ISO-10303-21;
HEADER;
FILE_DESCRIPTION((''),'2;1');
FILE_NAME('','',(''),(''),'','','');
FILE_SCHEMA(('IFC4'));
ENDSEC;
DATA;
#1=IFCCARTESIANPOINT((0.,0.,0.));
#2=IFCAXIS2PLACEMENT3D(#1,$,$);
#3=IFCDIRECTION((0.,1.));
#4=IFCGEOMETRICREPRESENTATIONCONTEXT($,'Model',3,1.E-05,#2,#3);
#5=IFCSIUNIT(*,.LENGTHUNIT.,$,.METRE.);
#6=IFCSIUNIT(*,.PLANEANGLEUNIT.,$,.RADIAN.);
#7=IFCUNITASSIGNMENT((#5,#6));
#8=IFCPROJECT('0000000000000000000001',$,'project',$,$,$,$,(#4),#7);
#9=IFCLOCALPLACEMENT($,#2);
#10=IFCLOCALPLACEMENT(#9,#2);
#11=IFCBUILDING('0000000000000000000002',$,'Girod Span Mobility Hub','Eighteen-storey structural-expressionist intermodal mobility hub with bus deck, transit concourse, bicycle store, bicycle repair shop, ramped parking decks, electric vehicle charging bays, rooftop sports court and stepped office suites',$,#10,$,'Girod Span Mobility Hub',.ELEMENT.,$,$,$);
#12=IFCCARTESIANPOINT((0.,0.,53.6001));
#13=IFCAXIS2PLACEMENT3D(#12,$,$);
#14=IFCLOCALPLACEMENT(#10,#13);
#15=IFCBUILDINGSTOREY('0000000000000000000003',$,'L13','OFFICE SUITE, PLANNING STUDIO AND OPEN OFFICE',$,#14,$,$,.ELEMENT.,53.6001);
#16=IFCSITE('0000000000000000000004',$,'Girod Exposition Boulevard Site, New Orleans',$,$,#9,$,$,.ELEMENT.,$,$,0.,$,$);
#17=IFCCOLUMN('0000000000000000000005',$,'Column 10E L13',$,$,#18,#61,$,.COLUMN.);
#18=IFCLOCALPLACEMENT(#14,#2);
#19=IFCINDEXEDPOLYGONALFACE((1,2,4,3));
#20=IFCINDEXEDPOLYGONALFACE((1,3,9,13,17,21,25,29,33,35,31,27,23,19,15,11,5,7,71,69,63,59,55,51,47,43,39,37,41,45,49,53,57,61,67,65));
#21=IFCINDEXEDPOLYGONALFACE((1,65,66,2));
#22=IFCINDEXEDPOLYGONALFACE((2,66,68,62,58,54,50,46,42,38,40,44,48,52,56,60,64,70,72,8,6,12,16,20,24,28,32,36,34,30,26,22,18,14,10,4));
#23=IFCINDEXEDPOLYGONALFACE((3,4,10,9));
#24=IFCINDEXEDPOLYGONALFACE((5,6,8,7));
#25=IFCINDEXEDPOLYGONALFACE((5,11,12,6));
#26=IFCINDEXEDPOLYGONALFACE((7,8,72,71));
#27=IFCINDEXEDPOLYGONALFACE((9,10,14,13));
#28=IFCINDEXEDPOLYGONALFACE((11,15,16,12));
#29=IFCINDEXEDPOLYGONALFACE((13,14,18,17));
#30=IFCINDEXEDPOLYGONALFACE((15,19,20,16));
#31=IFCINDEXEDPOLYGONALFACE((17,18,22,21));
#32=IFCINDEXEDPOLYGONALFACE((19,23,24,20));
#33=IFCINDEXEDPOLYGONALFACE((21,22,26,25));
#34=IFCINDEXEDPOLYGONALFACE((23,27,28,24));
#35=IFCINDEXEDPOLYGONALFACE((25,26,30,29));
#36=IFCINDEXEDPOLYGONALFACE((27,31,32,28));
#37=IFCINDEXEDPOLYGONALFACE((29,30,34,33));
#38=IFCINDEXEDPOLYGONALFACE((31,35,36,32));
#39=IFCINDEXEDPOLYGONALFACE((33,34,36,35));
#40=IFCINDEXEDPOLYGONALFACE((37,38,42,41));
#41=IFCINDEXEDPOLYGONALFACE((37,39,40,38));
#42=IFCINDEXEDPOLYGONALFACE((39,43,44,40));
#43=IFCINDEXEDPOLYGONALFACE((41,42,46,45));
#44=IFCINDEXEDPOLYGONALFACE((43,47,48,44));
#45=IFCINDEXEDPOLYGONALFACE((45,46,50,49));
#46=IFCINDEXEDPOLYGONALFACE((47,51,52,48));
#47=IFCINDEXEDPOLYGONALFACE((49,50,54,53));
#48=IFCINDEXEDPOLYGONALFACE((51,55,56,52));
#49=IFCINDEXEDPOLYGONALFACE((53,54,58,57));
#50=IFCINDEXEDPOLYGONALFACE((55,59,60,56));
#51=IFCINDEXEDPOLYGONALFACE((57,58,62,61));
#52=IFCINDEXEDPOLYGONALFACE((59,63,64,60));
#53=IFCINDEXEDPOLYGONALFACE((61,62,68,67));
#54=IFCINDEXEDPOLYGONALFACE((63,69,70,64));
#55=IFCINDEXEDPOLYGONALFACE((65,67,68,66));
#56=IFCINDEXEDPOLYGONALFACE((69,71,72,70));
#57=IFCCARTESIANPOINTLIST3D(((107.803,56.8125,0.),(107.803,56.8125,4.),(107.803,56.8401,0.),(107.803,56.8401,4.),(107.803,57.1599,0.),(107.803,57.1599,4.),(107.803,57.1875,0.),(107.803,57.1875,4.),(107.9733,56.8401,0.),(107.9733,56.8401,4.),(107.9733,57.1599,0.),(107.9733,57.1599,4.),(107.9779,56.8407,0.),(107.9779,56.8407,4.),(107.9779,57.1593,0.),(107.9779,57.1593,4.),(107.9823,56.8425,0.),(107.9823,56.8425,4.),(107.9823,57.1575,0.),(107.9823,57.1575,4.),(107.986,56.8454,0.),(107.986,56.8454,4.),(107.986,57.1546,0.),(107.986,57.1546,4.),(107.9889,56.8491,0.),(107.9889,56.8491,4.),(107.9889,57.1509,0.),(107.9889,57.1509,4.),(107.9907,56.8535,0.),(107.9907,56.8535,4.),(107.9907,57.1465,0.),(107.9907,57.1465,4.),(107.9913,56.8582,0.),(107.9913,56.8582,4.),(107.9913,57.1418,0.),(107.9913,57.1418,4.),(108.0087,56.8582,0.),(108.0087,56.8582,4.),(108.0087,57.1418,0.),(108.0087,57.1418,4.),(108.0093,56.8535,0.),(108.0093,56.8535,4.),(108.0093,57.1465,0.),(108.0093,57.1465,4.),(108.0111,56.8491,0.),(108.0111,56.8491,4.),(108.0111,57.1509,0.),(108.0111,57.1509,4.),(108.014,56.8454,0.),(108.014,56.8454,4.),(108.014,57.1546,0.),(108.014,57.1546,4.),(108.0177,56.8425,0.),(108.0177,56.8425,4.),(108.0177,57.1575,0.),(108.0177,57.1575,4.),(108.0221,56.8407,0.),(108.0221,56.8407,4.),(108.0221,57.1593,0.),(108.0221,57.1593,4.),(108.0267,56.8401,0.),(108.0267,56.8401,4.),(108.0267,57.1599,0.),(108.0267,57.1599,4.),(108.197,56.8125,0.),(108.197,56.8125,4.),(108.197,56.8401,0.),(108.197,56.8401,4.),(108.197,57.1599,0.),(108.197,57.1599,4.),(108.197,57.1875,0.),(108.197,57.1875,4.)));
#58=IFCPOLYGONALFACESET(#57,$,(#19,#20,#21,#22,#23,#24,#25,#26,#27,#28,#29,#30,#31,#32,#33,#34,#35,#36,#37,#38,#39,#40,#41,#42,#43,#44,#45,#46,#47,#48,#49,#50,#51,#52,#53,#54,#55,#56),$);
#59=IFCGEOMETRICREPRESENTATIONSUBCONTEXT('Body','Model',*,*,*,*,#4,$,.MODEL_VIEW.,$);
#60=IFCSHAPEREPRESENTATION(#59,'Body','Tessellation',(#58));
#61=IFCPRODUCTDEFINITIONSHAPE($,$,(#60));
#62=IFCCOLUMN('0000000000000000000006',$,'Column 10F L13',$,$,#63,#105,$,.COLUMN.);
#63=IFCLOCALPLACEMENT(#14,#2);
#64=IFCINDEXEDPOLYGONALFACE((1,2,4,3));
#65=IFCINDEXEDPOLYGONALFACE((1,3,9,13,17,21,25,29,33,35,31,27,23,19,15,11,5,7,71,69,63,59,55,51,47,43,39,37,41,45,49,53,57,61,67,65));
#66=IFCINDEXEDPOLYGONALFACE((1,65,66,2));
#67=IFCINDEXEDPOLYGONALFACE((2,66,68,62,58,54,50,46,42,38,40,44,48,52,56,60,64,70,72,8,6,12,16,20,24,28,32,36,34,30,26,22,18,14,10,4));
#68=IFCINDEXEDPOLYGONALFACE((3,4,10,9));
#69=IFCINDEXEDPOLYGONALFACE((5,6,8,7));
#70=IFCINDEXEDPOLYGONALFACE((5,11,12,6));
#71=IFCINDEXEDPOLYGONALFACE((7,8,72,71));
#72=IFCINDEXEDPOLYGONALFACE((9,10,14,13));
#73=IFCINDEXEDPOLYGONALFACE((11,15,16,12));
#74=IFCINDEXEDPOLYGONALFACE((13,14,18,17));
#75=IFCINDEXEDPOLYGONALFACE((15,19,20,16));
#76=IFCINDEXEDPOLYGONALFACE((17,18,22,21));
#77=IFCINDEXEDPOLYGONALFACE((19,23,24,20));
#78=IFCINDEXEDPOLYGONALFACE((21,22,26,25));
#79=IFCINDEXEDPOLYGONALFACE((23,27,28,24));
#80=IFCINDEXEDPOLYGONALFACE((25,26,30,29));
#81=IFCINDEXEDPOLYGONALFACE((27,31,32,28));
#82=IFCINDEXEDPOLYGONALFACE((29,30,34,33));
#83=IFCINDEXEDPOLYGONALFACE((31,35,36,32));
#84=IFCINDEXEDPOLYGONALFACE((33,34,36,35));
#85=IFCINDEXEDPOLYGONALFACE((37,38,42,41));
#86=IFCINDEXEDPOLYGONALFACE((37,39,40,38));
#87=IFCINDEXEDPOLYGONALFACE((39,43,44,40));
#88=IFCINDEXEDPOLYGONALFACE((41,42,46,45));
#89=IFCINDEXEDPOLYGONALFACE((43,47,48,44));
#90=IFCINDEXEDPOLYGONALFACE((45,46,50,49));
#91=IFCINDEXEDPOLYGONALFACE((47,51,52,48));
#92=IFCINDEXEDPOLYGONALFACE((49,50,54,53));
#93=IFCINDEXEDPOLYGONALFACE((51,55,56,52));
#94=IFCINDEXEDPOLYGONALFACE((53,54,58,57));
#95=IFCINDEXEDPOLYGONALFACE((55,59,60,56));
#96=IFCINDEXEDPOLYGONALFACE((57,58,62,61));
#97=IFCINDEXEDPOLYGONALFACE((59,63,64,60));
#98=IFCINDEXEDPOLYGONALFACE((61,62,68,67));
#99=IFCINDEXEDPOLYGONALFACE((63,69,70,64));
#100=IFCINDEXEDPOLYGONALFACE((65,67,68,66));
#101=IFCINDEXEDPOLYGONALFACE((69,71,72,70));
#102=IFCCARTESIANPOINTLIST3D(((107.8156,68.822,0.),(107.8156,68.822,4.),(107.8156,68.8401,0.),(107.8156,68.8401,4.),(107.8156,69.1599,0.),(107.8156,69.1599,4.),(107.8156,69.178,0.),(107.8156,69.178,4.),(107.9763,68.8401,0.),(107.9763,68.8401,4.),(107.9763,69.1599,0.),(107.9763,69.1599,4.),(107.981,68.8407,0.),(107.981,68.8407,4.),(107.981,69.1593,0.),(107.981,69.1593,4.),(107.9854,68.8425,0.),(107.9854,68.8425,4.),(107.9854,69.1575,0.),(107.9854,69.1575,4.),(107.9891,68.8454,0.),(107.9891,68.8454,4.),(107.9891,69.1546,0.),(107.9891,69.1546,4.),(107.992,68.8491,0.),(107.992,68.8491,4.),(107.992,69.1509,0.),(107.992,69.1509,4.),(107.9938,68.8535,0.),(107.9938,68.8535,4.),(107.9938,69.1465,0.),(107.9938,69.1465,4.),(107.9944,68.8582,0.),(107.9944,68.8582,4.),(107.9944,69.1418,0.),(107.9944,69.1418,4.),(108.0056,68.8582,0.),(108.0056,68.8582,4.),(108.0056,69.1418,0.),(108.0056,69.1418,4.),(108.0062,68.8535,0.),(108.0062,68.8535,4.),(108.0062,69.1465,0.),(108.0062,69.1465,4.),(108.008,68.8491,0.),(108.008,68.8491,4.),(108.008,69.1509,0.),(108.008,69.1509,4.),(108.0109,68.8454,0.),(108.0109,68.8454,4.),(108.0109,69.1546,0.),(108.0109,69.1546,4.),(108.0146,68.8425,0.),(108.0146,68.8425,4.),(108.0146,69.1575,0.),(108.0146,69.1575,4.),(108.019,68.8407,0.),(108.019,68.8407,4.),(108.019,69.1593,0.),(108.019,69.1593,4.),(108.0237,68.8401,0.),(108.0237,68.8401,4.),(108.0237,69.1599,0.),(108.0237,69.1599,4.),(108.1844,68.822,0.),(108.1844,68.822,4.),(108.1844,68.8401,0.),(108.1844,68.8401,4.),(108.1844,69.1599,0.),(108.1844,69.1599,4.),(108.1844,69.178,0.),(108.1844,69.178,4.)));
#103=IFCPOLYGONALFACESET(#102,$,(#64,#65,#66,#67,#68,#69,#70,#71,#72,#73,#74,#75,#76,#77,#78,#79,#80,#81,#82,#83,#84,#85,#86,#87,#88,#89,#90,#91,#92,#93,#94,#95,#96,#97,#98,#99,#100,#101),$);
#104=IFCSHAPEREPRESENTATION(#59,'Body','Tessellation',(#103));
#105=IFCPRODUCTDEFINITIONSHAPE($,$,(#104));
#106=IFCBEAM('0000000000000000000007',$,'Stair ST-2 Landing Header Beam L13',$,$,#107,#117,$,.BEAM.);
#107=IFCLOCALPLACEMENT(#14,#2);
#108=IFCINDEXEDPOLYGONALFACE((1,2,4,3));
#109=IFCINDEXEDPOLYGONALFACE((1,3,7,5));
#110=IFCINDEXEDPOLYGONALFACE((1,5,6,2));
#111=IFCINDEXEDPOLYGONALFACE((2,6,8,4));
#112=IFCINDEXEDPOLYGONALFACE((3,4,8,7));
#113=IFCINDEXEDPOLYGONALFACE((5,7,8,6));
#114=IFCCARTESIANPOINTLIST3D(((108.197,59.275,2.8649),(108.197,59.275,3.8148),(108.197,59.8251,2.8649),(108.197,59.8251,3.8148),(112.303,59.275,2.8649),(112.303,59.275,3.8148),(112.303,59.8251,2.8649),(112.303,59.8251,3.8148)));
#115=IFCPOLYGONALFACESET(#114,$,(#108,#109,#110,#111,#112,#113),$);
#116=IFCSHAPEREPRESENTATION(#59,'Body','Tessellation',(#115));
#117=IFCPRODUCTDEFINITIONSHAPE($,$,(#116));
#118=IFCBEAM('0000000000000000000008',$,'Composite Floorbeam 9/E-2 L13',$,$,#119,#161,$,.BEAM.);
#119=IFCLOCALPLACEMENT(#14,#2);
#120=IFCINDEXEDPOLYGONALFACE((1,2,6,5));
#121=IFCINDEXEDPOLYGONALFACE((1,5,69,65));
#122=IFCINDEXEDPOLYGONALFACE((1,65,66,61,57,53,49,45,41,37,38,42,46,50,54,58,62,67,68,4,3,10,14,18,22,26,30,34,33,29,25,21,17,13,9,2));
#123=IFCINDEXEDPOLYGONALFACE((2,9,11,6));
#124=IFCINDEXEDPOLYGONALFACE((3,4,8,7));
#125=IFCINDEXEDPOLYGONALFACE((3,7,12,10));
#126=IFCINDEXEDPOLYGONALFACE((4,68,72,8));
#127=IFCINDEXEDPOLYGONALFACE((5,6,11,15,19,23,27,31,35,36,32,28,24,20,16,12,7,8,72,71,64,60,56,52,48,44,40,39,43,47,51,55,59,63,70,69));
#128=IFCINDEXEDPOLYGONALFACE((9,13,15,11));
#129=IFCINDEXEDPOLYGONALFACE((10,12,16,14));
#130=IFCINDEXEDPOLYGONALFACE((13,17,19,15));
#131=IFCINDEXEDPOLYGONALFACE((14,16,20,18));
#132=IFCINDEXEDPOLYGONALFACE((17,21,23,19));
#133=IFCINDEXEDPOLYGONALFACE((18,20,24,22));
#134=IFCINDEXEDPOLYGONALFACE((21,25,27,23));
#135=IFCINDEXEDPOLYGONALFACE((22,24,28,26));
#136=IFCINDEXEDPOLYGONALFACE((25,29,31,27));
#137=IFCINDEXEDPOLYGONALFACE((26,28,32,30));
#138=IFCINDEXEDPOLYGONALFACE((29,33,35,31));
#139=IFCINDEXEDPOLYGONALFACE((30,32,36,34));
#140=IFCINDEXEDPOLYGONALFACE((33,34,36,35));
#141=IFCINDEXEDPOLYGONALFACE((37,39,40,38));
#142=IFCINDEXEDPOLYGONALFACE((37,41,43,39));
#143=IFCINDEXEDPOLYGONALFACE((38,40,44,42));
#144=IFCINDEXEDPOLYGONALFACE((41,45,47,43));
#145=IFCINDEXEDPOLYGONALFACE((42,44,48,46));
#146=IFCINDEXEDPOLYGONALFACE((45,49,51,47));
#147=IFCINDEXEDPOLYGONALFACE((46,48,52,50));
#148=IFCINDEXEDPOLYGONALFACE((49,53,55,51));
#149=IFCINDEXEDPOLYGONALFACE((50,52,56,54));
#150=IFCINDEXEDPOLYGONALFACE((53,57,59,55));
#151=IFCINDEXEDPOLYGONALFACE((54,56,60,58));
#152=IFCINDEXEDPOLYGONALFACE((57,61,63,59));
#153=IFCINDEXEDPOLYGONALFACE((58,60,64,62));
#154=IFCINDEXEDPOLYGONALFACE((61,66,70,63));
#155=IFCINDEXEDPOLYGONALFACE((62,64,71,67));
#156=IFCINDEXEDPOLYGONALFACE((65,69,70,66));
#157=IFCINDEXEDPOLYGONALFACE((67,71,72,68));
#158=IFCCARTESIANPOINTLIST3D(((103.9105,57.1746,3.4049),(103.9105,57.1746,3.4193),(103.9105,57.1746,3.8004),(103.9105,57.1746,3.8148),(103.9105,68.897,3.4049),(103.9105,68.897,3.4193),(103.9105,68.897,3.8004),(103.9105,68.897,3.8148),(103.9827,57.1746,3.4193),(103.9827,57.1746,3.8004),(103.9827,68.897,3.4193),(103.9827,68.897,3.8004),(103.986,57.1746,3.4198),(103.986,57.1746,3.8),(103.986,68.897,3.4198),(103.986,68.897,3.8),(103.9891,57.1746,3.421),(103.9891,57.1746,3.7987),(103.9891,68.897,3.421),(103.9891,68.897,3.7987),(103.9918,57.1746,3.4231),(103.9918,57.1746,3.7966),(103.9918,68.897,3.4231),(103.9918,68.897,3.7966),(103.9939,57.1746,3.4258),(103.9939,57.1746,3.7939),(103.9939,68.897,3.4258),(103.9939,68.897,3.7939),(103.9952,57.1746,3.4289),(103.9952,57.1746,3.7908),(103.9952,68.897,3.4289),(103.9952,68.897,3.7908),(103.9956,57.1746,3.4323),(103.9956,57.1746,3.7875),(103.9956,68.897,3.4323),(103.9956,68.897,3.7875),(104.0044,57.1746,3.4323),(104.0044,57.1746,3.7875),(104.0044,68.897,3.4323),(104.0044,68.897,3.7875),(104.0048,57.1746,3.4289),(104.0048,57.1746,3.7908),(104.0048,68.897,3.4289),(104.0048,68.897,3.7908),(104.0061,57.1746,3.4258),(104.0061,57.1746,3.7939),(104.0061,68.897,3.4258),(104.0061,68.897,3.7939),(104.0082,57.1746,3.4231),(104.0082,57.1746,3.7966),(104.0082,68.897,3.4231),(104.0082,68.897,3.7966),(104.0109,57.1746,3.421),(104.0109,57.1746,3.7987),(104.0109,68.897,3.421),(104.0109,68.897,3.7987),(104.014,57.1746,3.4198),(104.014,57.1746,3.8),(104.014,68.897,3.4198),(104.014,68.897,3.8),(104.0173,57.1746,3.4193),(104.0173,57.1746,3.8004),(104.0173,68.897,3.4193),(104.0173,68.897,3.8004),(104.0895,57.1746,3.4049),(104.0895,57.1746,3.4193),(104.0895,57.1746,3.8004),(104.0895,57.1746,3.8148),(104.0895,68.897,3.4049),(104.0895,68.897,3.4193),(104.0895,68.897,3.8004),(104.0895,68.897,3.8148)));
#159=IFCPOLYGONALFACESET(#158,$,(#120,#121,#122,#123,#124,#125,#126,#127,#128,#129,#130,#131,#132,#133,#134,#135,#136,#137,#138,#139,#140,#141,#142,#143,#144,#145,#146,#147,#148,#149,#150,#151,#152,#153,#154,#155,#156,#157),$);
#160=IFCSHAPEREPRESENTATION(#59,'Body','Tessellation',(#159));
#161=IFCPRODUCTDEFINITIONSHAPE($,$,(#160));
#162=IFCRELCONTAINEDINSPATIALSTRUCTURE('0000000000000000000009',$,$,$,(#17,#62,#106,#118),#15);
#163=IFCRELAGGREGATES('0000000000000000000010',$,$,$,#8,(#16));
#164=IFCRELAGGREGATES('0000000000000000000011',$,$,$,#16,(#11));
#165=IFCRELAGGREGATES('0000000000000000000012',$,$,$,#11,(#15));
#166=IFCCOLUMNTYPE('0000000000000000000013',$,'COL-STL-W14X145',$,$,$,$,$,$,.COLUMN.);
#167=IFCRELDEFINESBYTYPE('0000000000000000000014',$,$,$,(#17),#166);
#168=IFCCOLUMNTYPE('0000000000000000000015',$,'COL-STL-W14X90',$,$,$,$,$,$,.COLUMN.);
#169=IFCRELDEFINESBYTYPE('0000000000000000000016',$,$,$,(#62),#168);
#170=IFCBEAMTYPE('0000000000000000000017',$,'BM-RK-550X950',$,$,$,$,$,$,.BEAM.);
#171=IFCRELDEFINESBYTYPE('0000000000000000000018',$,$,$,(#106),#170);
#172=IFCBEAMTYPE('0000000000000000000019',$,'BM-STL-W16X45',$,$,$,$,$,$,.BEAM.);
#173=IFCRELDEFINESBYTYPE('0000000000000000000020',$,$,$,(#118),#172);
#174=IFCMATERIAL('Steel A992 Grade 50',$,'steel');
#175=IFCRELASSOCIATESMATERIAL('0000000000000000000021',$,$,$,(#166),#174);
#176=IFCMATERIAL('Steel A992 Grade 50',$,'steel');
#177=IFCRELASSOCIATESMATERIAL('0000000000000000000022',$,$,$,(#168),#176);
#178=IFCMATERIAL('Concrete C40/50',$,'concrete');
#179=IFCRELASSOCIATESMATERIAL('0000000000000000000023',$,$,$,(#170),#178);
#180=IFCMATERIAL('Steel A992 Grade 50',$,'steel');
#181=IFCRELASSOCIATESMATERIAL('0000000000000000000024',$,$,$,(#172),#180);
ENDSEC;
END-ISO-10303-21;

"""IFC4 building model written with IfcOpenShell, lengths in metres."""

from ifc_helpers import new_model, si_unit, direction, frame, origin, origin_2d, place, context, subcontext, project, spatial, rectangle, i_section, extrude, material, material_profile, profile_set, type_object, element, save


model = new_model("IFC4")

# Units and contexts
model_context = context("Model", 3, precision=1e-05, world=origin(), true_north=direction((0.0, 1.0)))
body_context = subcontext(model_context, "Body", "Model", "MODEL_VIEW")
ifc_project = project(units=[si_unit("LENGTHUNIT", "METRE"), si_unit("PLANEANGLEUNIT", "RADIAN")], contexts=[model_context])

# Site, building, storey
site_placement = place(None, origin())
site = spatial("IfcSite", under=ifc_project, at=site_placement, Name="Girod Exposition Boulevard Site, New Orleans", CompositionType="ELEMENT", RefElevation=0.0)
building_placement = place(site_placement, origin())
building = spatial("IfcBuilding", under=site, at=building_placement, Name="Girod Span Mobility Hub", Description="Eighteen-storey structural-expressionist intermodal mobility hub with bus deck, transit concourse, bicycle store, bicycle repair shop, ramped parking decks, electric vehicle charging bays, rooftop sports court and stepped office suites", LongName="Girod Span Mobility Hub", CompositionType="ELEMENT")
storey_placement = place(building_placement, frame((0.0, 0.0, 53.6001)))
storey = spatial("IfcBuildingStorey", under=building, at=storey_placement, Name="L13", Description="OFFICE SUITE, PLANNING STUDIO AND OPEN OFFICE", CompositionType="ELEMENT", Elevation=53.6001)

# Columns
ifc_material_1 = material(Name="Steel A992 Grade 50", Category="steel")
ifc_material_profile_1 = material_profile(ifc_material_1, i_section(OverallWidth=0.394, OverallDepth=0.375, WebThickness=0.0173, FlangeThickness=0.0276, FilletRadius=0.0181, at=origin_2d()), Name="W14X145")
ifc_profile_set_1 = profile_set([ifc_material_profile_1], Name="Steel A992 Grade 50")
column_type_1 = type_object("IfcColumnType", Name="COL-STL-W14X145", PredefinedType="COLUMN", material=ifc_profile_set_1)
column_1_placement = place(storey_placement, frame((108.0, 57.0, 0.0), z_axis=(0.0, 0.0, 1.0), x_axis=(1.0, 0.0, 0.0)))
element("IfcColumn", 1, at=column_1_placement, inside=storey, type_object=column_type_1, Name="Column 10E L13", PredefinedType="COLUMN", context=body_context, shape_type="SweptSolid", body=[
    extrude(i_section(OverallWidth=0.394, OverallDepth=0.375, WebThickness=0.0173, FlangeThickness=0.0276, FilletRadius=0.0181, at=origin_2d()), origin(), (0.0, 0.0, 1.0), 4.0),
])
ifc_material_2 = material(Name="Steel A992 Grade 50", Category="steel")
ifc_material_profile_2 = material_profile(ifc_material_2, i_section(OverallWidth=0.3689, OverallDepth=0.356, WebThickness=0.0112, FlangeThickness=0.0181, FilletRadius=0.0181, at=origin_2d()), Name="W14X90")
ifc_profile_set_2 = profile_set([ifc_material_profile_2], Name="Steel A992 Grade 50")
column_type_2 = type_object("IfcColumnType", Name="COL-STL-W14X90", PredefinedType="COLUMN", material=ifc_profile_set_2)
column_2_placement = place(storey_placement, frame((108.0, 69.0, 0.0), z_axis=(0.0, 0.0, 1.0), x_axis=(1.0, 0.0, 0.0)))
element("IfcColumn", 2, at=column_2_placement, inside=storey, type_object=column_type_2, Name="Column 10F L13", PredefinedType="COLUMN", context=body_context, shape_type="SweptSolid", body=[
    extrude(i_section(OverallWidth=0.3689, OverallDepth=0.356, WebThickness=0.0112, FlangeThickness=0.0181, FilletRadius=0.0181, at=origin_2d()), origin(), (0.0, 0.0, 1.0), 4.0),
])

# Beams
ifc_material_3 = material(Name="Concrete C40/50", Category="concrete")
ifc_material_profile_3 = material_profile(ifc_material_3, rectangle(XDim=0.55, YDim=0.95, at=origin_2d()), Name="RK-550X950")
ifc_profile_set_3 = profile_set([ifc_material_profile_3], Name="Concrete C40/50")
beam_type_1 = type_object("IfcBeamType", Name="BM-RK-550X950", PredefinedType="BEAM", material=ifc_profile_set_3)
beam_1_placement = place(storey_placement, frame((108.197, 59.55, 3.3398), z_axis=(1.0, 0.0, 0.0), x_axis=(0.0, 1.0, 0.0)))
element("IfcBeam", 3, at=beam_1_placement, inside=storey, type_object=beam_type_1, Name="Stair ST-2 Landing Header Beam L13", PredefinedType="BEAM", context=body_context, shape_type="SweptSolid", body=[
    extrude(rectangle(XDim=0.55, YDim=0.95, at=origin_2d()), origin(), (0.0, 0.0, 1.0), 4.106),
])
ifc_material_4 = material(Name="Steel A992 Grade 50", Category="steel")
ifc_material_profile_4 = material_profile(ifc_material_4, i_section(OverallWidth=0.179, OverallDepth=0.4099, WebThickness=0.0088, FlangeThickness=0.0144, FilletRadius=0.0129, at=origin_2d()), Name="W16X45")
ifc_profile_set_4 = profile_set([ifc_material_profile_4], Name="Steel A992 Grade 50")
beam_type_2 = type_object("IfcBeamType", Name="BM-STL-W16X45", PredefinedType="BEAM", material=ifc_profile_set_4)
beam_2_placement = place(storey_placement, frame((104.0, 57.1746, 3.6099), z_axis=(0.0, 1.0, 0.0), x_axis=(-1.0, 0.0, 0.0)))
element("IfcBeam", 4, at=beam_2_placement, inside=storey, type_object=beam_type_2, Name="Composite Floorbeam 9/E-2 L13", PredefinedType="BEAM", context=body_context, shape_type="SweptSolid", body=[
    extrude(i_section(OverallWidth=0.179, OverallDepth=0.4099, WebThickness=0.0088, FlangeThickness=0.0144, FilletRadius=0.0129, at=origin_2d()), origin(), (0.0, 0.0, 1.0), 11.7224),
])

save(model, "model.ifc")
